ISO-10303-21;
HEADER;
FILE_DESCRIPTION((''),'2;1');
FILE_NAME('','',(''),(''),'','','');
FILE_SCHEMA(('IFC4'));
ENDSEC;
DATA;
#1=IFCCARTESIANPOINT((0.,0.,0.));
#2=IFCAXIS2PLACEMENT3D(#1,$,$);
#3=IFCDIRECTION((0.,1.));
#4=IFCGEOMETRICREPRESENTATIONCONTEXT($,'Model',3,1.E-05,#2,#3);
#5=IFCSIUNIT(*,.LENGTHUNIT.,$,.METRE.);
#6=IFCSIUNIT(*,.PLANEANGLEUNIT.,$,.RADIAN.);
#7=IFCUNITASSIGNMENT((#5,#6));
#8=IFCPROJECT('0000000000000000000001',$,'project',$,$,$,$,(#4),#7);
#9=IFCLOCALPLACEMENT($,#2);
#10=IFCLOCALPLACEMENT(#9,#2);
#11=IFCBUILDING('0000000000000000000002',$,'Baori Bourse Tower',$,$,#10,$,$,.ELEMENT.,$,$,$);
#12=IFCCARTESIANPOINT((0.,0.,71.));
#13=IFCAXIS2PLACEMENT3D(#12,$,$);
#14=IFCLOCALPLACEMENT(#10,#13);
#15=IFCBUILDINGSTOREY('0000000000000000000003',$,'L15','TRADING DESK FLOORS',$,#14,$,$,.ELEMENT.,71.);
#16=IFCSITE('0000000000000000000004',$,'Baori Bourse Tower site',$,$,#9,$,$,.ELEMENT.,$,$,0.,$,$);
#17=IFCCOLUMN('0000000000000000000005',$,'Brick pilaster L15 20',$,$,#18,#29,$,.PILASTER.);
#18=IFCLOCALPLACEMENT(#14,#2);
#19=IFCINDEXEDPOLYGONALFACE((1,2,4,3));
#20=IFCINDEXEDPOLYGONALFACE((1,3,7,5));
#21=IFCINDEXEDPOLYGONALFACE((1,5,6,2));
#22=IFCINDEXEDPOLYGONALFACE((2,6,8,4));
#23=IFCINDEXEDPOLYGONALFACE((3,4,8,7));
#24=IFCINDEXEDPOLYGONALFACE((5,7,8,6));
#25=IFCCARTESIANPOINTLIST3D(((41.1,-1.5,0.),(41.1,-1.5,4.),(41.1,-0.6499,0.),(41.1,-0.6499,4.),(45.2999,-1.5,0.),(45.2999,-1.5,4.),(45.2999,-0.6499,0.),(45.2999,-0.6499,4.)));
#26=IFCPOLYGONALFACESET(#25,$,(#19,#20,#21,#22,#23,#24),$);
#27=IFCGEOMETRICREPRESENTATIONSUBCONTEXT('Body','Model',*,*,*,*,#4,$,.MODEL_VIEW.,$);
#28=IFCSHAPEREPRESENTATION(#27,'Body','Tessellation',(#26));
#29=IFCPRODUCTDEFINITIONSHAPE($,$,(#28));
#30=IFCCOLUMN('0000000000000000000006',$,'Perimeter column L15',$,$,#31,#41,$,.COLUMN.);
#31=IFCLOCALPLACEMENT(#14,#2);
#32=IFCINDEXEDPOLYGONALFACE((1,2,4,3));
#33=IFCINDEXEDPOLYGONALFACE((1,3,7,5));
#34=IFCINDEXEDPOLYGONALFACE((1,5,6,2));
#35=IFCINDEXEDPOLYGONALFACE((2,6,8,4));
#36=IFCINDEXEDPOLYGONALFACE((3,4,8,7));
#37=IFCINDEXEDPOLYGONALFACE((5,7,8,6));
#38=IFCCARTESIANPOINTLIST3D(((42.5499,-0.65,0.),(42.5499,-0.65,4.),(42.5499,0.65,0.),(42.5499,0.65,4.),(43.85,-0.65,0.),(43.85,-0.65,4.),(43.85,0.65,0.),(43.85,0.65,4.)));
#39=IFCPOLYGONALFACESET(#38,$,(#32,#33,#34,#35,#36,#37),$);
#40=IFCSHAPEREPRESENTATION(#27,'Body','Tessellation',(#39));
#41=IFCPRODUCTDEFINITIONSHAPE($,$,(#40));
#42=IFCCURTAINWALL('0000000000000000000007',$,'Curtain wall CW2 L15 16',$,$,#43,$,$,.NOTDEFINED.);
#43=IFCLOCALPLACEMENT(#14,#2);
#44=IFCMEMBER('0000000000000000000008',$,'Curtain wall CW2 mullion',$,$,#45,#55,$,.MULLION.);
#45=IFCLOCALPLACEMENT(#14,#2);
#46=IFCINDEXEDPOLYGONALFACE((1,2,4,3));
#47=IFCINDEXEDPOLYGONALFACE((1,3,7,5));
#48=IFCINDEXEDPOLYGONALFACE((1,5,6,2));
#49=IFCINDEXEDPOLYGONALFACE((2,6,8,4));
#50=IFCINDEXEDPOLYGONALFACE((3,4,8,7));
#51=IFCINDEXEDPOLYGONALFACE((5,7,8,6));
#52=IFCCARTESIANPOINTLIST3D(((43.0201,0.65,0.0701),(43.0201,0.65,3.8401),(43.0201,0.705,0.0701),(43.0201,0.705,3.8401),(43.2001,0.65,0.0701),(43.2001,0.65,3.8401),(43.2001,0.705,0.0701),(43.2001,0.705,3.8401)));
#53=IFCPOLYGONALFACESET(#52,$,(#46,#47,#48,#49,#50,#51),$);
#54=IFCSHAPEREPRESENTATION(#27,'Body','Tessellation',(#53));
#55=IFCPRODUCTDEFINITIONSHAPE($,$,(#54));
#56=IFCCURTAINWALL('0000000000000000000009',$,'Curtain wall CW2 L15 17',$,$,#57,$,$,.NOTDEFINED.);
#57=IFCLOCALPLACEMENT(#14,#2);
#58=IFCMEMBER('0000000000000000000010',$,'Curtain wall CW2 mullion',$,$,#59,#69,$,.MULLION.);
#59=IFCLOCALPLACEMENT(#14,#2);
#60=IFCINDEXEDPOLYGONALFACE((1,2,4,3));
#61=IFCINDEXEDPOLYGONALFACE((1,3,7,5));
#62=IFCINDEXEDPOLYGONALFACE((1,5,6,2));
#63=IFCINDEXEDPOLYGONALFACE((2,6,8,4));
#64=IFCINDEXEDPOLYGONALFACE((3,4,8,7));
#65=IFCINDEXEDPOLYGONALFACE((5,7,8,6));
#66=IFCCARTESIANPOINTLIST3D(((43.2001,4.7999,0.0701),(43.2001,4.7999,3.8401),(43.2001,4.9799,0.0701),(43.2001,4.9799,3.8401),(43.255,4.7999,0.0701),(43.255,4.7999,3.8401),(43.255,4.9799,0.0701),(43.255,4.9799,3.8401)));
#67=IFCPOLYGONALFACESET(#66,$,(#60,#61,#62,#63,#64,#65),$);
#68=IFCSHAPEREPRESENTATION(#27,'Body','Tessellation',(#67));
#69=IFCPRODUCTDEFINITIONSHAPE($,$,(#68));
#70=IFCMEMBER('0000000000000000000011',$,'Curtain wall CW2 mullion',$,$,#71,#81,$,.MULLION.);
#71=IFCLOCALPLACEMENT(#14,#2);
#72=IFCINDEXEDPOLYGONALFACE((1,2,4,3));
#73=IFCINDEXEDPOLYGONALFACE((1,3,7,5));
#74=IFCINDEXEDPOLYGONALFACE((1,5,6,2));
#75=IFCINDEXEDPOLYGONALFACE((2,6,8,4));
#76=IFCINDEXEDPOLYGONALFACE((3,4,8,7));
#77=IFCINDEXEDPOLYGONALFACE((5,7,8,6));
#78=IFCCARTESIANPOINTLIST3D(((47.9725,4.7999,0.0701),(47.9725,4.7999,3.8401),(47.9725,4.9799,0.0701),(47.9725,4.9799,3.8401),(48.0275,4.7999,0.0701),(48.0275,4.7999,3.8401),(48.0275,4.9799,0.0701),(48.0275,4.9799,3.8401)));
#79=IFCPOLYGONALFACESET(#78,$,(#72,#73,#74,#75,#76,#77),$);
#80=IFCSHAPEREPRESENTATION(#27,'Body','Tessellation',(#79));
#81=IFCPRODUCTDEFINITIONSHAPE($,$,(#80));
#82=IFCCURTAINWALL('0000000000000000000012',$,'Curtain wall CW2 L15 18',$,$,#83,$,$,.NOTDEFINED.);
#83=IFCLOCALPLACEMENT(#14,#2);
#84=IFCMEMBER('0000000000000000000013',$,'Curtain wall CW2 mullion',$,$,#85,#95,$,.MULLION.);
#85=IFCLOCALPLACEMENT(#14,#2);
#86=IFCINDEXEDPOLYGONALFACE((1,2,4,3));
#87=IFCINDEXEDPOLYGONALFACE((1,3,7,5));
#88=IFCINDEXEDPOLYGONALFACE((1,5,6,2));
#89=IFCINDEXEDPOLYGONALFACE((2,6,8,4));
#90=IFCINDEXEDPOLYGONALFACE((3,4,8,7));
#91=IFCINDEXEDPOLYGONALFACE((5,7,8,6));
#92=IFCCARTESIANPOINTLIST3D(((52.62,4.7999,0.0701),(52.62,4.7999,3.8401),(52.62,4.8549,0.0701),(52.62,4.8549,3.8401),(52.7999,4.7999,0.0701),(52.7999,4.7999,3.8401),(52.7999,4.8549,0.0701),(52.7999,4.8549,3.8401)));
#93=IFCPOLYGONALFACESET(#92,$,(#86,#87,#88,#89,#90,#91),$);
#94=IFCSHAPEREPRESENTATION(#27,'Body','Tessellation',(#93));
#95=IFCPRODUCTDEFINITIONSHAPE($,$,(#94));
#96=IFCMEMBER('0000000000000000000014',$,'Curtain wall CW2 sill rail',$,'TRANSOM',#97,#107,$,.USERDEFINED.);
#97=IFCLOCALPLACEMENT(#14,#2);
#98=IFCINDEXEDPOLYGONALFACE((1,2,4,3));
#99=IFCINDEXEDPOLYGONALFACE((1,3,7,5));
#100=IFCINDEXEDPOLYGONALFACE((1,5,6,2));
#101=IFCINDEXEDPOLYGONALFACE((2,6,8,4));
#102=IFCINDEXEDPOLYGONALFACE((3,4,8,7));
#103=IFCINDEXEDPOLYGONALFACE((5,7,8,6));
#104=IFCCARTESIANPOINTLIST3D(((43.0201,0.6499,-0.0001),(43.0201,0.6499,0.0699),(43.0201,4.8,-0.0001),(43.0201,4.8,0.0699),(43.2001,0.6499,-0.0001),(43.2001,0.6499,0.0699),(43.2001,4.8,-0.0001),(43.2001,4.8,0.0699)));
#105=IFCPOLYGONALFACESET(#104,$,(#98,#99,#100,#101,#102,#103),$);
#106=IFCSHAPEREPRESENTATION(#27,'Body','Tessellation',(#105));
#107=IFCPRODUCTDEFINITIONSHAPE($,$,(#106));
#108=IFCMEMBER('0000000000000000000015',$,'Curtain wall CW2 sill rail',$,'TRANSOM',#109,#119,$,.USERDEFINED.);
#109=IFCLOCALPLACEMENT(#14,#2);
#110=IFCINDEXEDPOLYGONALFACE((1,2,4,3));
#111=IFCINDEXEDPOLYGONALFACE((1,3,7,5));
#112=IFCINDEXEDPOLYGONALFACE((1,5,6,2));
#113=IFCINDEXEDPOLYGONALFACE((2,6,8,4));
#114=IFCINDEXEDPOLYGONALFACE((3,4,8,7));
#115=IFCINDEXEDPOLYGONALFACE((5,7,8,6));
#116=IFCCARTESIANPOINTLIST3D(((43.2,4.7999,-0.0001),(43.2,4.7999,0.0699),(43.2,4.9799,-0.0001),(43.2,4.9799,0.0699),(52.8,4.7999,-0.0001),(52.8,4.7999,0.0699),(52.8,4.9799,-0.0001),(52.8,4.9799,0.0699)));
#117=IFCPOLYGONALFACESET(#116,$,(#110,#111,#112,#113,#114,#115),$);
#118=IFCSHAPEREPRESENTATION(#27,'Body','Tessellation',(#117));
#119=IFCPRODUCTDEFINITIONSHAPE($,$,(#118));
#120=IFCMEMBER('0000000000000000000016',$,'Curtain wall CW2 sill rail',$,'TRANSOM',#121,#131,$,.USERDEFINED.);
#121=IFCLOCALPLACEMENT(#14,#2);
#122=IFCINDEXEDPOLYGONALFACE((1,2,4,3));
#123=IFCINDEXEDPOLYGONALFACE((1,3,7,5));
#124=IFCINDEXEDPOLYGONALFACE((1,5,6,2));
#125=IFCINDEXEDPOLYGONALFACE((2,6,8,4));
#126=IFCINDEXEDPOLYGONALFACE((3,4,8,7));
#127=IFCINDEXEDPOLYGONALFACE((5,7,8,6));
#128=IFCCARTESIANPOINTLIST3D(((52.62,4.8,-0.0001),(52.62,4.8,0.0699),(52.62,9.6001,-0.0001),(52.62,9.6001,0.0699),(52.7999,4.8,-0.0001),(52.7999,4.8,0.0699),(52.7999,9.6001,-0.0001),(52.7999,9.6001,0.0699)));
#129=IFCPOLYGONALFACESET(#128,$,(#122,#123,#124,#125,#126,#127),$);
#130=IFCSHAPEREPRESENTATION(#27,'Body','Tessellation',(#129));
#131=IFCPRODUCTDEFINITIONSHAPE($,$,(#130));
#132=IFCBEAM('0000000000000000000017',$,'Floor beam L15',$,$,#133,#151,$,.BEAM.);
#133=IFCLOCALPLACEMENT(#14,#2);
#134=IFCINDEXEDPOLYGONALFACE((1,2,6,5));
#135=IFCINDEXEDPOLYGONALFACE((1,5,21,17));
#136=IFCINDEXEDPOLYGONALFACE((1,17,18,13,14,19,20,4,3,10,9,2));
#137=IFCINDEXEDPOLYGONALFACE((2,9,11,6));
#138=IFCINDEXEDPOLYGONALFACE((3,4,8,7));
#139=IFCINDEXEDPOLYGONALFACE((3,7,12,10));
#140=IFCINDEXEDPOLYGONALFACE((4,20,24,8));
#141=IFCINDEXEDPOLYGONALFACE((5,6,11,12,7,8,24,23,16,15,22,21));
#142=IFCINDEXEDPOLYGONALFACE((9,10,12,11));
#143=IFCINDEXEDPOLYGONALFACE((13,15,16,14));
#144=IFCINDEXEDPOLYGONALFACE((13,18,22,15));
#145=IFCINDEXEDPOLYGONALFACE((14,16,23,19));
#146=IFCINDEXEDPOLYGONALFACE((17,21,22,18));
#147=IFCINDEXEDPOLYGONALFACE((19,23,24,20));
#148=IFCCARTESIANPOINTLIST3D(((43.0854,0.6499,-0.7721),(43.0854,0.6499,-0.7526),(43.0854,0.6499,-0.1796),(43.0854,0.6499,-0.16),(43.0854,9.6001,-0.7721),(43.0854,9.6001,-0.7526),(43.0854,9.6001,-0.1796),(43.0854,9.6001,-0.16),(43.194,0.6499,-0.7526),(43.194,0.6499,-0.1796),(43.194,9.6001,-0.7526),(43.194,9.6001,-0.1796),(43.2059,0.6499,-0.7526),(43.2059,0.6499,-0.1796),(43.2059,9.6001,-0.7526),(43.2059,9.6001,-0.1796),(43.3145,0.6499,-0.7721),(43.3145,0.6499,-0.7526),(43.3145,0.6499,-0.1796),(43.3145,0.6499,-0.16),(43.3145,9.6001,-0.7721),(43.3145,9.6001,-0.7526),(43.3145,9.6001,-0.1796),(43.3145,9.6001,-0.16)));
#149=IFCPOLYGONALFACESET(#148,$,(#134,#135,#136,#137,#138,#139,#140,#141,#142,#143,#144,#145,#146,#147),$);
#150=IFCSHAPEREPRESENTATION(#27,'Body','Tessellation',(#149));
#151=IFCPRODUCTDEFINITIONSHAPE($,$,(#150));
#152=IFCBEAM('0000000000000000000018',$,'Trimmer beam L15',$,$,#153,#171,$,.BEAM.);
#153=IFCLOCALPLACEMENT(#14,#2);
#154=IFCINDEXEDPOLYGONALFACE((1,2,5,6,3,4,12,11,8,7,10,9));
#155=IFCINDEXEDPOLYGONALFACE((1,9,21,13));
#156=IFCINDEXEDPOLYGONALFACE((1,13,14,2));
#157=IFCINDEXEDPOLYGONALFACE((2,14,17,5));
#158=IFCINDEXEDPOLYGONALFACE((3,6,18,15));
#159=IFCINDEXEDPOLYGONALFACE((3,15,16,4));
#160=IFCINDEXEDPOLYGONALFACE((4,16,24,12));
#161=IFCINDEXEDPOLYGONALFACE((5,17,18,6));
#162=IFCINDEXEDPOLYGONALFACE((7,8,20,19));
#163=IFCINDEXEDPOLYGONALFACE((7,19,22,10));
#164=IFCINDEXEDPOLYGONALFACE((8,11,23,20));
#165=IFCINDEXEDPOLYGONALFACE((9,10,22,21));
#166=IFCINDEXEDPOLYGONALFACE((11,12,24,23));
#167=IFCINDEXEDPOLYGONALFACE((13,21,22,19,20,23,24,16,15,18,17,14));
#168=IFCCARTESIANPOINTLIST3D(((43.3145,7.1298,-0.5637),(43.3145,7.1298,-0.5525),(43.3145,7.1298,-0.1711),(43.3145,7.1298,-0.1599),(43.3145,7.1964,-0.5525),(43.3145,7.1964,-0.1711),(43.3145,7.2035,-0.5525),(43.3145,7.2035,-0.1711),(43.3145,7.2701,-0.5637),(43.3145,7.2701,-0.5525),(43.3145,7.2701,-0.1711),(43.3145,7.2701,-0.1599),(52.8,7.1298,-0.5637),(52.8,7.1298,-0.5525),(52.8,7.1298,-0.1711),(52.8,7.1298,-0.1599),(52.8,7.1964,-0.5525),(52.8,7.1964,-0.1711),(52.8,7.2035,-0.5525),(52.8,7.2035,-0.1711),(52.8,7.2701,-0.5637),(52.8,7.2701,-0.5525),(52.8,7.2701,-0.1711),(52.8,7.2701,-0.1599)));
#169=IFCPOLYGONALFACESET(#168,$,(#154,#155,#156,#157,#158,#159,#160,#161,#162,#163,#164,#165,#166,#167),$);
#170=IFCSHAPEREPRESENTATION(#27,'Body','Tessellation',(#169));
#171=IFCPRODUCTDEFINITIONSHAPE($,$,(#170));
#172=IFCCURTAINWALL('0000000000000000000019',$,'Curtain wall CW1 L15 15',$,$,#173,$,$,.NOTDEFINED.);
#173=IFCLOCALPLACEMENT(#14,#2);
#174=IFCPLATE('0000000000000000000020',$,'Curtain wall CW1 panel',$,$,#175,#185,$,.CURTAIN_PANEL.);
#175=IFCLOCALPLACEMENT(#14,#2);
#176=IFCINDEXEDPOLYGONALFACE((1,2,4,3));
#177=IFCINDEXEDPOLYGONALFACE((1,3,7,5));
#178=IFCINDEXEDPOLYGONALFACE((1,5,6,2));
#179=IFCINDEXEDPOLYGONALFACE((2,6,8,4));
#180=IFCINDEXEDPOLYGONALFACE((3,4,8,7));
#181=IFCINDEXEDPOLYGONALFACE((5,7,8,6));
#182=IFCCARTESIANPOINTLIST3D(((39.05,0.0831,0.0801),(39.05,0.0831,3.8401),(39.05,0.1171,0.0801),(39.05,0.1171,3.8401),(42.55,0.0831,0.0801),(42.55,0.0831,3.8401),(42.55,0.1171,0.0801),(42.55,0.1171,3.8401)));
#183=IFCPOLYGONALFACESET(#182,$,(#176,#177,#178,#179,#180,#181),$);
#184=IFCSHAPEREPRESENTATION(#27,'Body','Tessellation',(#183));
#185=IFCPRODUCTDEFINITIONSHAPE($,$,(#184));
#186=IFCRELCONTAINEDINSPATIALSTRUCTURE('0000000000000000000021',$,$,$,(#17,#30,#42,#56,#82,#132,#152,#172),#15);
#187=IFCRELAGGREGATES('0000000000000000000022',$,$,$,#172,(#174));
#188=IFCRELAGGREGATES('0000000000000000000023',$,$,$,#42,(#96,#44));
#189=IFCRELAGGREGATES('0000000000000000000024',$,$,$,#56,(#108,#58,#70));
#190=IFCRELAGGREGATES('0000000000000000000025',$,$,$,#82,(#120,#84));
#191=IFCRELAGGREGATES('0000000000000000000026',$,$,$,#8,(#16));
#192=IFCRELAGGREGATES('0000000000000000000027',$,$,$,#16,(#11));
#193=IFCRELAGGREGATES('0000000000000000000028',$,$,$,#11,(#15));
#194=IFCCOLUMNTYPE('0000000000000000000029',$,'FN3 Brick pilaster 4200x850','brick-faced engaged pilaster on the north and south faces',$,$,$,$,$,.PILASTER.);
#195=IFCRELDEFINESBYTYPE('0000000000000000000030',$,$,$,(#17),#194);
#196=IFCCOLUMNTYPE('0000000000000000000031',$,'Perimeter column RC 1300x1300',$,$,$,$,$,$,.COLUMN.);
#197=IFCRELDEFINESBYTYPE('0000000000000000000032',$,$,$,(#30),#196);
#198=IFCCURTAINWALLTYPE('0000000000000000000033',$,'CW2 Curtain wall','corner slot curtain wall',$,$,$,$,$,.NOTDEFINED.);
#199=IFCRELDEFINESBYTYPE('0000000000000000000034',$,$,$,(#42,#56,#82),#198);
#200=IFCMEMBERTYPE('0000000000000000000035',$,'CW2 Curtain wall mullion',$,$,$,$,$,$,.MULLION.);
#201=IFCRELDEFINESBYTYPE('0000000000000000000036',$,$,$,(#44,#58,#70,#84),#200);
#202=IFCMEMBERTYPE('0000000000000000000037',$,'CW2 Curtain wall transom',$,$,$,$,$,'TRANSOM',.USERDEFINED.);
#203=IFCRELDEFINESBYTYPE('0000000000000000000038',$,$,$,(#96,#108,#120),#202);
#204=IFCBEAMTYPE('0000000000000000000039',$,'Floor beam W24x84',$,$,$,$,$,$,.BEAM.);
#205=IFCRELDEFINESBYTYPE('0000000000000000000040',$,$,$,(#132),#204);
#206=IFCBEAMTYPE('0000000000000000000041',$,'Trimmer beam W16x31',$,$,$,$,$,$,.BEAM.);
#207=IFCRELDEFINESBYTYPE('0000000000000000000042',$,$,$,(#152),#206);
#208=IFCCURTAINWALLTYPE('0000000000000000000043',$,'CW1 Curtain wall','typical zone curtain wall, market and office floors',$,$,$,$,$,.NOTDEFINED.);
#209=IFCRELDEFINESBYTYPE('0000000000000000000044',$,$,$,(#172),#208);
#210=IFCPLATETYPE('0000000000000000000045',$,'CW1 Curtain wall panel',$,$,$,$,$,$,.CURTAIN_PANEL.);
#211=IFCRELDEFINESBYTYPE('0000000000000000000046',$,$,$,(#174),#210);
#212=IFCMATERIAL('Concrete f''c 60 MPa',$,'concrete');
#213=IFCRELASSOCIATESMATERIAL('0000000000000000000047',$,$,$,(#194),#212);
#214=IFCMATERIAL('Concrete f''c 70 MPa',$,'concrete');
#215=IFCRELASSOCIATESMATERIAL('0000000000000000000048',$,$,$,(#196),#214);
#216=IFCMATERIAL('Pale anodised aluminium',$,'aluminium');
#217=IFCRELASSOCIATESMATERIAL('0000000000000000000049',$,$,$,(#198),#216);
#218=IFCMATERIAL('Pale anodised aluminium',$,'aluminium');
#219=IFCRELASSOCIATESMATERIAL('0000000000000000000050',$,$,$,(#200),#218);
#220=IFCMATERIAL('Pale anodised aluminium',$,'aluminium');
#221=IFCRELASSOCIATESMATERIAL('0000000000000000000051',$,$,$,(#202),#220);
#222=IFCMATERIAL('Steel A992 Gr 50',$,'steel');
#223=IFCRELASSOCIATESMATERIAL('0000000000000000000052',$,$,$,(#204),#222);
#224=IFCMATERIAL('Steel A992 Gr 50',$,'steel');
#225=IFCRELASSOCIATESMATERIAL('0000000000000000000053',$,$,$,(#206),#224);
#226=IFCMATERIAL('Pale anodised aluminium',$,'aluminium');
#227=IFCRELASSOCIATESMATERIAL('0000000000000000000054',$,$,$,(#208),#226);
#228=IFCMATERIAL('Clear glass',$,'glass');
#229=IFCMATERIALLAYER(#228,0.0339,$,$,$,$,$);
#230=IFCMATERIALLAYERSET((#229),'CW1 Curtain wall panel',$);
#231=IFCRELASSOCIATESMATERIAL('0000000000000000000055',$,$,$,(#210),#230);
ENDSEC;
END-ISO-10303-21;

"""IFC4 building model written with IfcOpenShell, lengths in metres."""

from ifc_helpers import new_model, si_unit, direction, frame, origin, origin_2d, place, context, subcontext, project, spatial, rectangle, i_section, extrude, material, layer, layer_set, material_profile, profile_set, type_object, element, aggregate, save


model = new_model("IFC4")

# Units and contexts
model_context = context("Model", 3, precision=1e-05, world=origin(), true_north=direction((0.0, 1.0)))
body_context = subcontext(model_context, "Body", "Model", "MODEL_VIEW")
ifc_project = project(units=[si_unit("LENGTHUNIT", "METRE"), si_unit("PLANEANGLEUNIT", "RADIAN")], contexts=[model_context])

# Site, building, storey
site_placement = place(None, origin())
site = spatial("IfcSite", under=ifc_project, at=site_placement, Name="Baori Bourse Tower site", CompositionType="ELEMENT", RefElevation=0.0)
building_placement = place(site_placement, origin())
building = spatial("IfcBuilding", under=site, at=building_placement, Name="Baori Bourse Tower", CompositionType="ELEMENT")
storey_placement = place(building_placement, frame((0.0, 0.0, 71.0)))
storey = spatial("IfcBuildingStorey", under=building, at=storey_placement, Name="L15", Description="TRADING DESK FLOORS", CompositionType="ELEMENT", Elevation=71.0)

# Columns
ifc_material_1 = material(Name="Concrete f'c 60 MPa", Category="concrete")
ifc_material_profile_1 = material_profile(ifc_material_1, rectangle(XDim=4.2, YDim=0.8501, at=origin_2d()), Name="RC 4200x850")
ifc_profile_set_1 = profile_set([ifc_material_profile_1], Name="Concrete f'c 60 MPa")
column_type_1 = type_object("IfcColumnType", Name="FN3 Brick pilaster 4200x850", Description="brick-faced engaged pilaster on the north and south faces", PredefinedType="PILASTER", material=ifc_profile_set_1)
column_1_placement = place(storey_placement, frame((43.2, -1.075, 0.0), z_axis=(0.0, 0.0, 1.0), x_axis=(1.0, 0.0, 0.0)))
element("IfcColumn", 1, at=column_1_placement, inside=storey, type_object=column_type_1, Name="Brick pilaster L15 20", PredefinedType="PILASTER", context=body_context, shape_type="SweptSolid", body=[
    extrude(rectangle(XDim=4.2, YDim=0.8501, at=origin_2d()), origin(), (0.0, 0.0, 1.0), 4.0),
])
ifc_material_2 = material(Name="Concrete f'c 70 MPa", Category="concrete")
ifc_material_profile_2 = material_profile(ifc_material_2, rectangle(XDim=1.3, YDim=1.3, at=origin_2d()), Name="RC 1300x1300")
ifc_profile_set_2 = profile_set([ifc_material_profile_2], Name="Concrete f'c 70 MPa")
column_type_2 = type_object("IfcColumnType", Name="Perimeter column RC 1300x1300", PredefinedType="COLUMN", material=ifc_profile_set_2)
column_2_placement = place(storey_placement, frame((43.2, 0.0, 0.0), z_axis=(0.0, 0.0, 1.0), x_axis=(1.0, 0.0, 0.0)))
element("IfcColumn", 2, at=column_2_placement, inside=storey, type_object=column_type_2, Name="Perimeter column L15", PredefinedType="COLUMN", context=body_context, shape_type="SweptSolid", body=[
    extrude(rectangle(XDim=1.3, YDim=1.3, at=origin_2d()), origin(), (0.0, 0.0, 1.0), 4.0),
])

# Curtain wall, member
ifc_material_3 = material(Name="Pale anodised aluminium", Category="aluminium")
curtain_wall_type_1 = type_object("IfcCurtainWallType", Name="CW2 Curtain wall", Description="corner slot curtain wall", PredefinedType="NOTDEFINED", material=ifc_material_3)
curtain_wall_1_placement = place(storey_placement, origin())
curtain_wall_1 = element("IfcCurtainWall", 3, at=curtain_wall_1_placement, inside=storey, type_object=curtain_wall_type_1, Name="Curtain wall CW2 L15 16", PredefinedType="NOTDEFINED")
ifc_material_4 = material(Name="Pale anodised aluminium", Category="aluminium")
ifc_material_profile_3 = material_profile(ifc_material_4, rectangle(XDim=0.1799, YDim=0.0549, at=origin_2d()), Name="Mullion 55x180")
ifc_profile_set_3 = profile_set([ifc_material_profile_3], Name="Pale anodised aluminium")
member_type_1 = type_object("IfcMemberType", Name="CW2 Curtain wall mullion", PredefinedType="MULLION", material=ifc_profile_set_3)
member_1_placement = place(storey_placement, frame((43.1101, 0.6775, 0.0701), z_axis=(0.0, 0.0, 1.0), x_axis=(-1.0, 0.0, 0.0)))
member_1 = element("IfcMember", 4, at=member_1_placement, type_object=member_type_1, Name="Curtain wall CW2 mullion", PredefinedType="MULLION", context=body_context, shape_type="SweptSolid", body=[
    extrude(rectangle(XDim=0.1799, YDim=0.0549, at=origin_2d()), origin(), (0.0, 0.0, 1.0), 3.77),
])

# Curtain wall, members
curtain_wall_2_placement = place(storey_placement, origin())
curtain_wall_2 = element("IfcCurtainWall", 5, at=curtain_wall_2_placement, inside=storey, type_object=curtain_wall_type_1, Name="Curtain wall CW2 L15 17", PredefinedType="NOTDEFINED")
member_2_placement = place(storey_placement, frame((43.2275, 4.8899, 0.0701), z_axis=(0.0, 0.0, 1.0), x_axis=(0.0, 1.0, 0.0)))
member_2 = element("IfcMember", 6, at=member_2_placement, type_object=member_type_1, Name="Curtain wall CW2 mullion", PredefinedType="MULLION", context=body_context, shape_type="SweptSolid", body=[
    extrude(rectangle(XDim=0.1799, YDim=0.0549, at=origin_2d()), origin(), (0.0, 0.0, 1.0), 3.77),
])
member_3_placement = place(storey_placement, frame((48.0, 4.8899, 0.0701), z_axis=(0.0, 0.0, 1.0), x_axis=(0.0, 1.0, 0.0)))
member_3 = element("IfcMember", 7, at=member_3_placement, type_object=member_type_1, Name="Curtain wall CW2 mullion", PredefinedType="MULLION", context=body_context, shape_type="SweptSolid", body=[
    extrude(rectangle(XDim=0.1799, YDim=0.0549, at=origin_2d()), origin(), (0.0, 0.0, 1.0), 3.77),
])

# Curtain wall, member
curtain_wall_3_placement = place(storey_placement, origin())
curtain_wall_3 = element("IfcCurtainWall", 8, at=curtain_wall_3_placement, inside=storey, type_object=curtain_wall_type_1, Name="Curtain wall CW2 L15 18", PredefinedType="NOTDEFINED")
member_4_placement = place(storey_placement, frame((52.71, 4.8274, 0.0701), z_axis=(0.0, 0.0, 1.0), x_axis=(-1.0, 0.0, 0.0)))
member_4 = element("IfcMember", 9, at=member_4_placement, type_object=member_type_1, Name="Curtain wall CW2 mullion", PredefinedType="MULLION", context=body_context, shape_type="SweptSolid", body=[
    extrude(rectangle(XDim=0.1799, YDim=0.0549, at=origin_2d()), origin(), (0.0, 0.0, 1.0), 3.77),
])

# Members
ifc_material_5 = material(Name="Pale anodised aluminium", Category="aluminium")
ifc_material_profile_4 = material_profile(ifc_material_5, rectangle(XDim=0.1799, YDim=0.0701, at=origin_2d()), Name="Transom 70x180")
ifc_profile_set_4 = profile_set([ifc_material_profile_4], Name="Pale anodised aluminium")
member_type_2 = type_object("IfcMemberType", Name="CW2 Curtain wall transom", ElementType="TRANSOM", PredefinedType="USERDEFINED", material=ifc_profile_set_4)
member_5_placement = place(storey_placement, frame((43.1101, 0.6499, 0.0349), z_axis=(0.0, 1.0, 0.0), x_axis=(-1.0, 0.0, 0.0)))
member_5 = element("IfcMember", 10, at=member_5_placement, type_object=member_type_2, Name="Curtain wall CW2 sill rail", ObjectType="TRANSOM", PredefinedType="USERDEFINED", context=body_context, shape_type="SweptSolid", body=[
    extrude(rectangle(XDim=0.1799, YDim=0.0701, at=origin_2d()), origin(), (0.0, 0.0, 1.0), 4.1501),
])
member_6_placement = place(storey_placement, frame((43.2, 4.8899, 0.0349), z_axis=(1.0, 0.0, 0.0), x_axis=(0.0, 1.0, 0.0)))
member_6 = element("IfcMember", 11, at=member_6_placement, type_object=member_type_2, Name="Curtain wall CW2 sill rail", ObjectType="TRANSOM", PredefinedType="USERDEFINED", context=body_context, shape_type="SweptSolid", body=[
    extrude(rectangle(XDim=0.1799, YDim=0.0701, at=origin_2d()), origin(), (0.0, 0.0, 1.0), 9.6001),
])
member_7_placement = place(storey_placement, frame((52.71, 4.8, 0.0349), z_axis=(0.0, 1.0, 0.0), x_axis=(-1.0, 0.0, 0.0)))
member_7 = element("IfcMember", 12, at=member_7_placement, type_object=member_type_2, Name="Curtain wall CW2 sill rail", ObjectType="TRANSOM", PredefinedType="USERDEFINED", context=body_context, shape_type="SweptSolid", body=[
    extrude(rectangle(XDim=0.1799, YDim=0.0701, at=origin_2d()), origin(), (0.0, 0.0, 1.0), 4.8),
])

# Beams
ifc_material_6 = material(Name="Steel A992 Gr 50", Category="steel")
ifc_material_profile_5 = material_profile(ifc_material_6, i_section(OverallWidth=0.229, OverallDepth=0.6121, WebThickness=0.012, FlangeThickness=0.0195, at=origin_2d()), Name="W24x84")
ifc_profile_set_5 = profile_set([ifc_material_profile_5], Name="Steel A992 Gr 50")
beam_type_1 = type_object("IfcBeamType", Name="Floor beam W24x84", PredefinedType="BEAM", material=ifc_profile_set_5)
beam_1_placement = place(storey_placement, frame((43.2, 0.6499, -0.4661), z_axis=(0.0, 1.0, 0.0), x_axis=(-1.0, 0.0, 0.0)))
element("IfcBeam", 13, at=beam_1_placement, inside=storey, type_object=beam_type_1, Name="Floor beam L15", PredefinedType="BEAM", context=body_context, shape_type="SweptSolid", body=[
    extrude(i_section(OverallWidth=0.229, OverallDepth=0.6121, WebThickness=0.012, FlangeThickness=0.0195, at=origin_2d()), origin(), (0.0, 0.0, 1.0), 8.9502),
])
ifc_material_7 = material(Name="Steel A992 Gr 50", Category="steel")
ifc_material_profile_6 = material_profile(ifc_material_7, i_section(OverallWidth=0.1404, OverallDepth=0.4038, WebThickness=0.0071, FlangeThickness=0.0112, at=origin_2d()), Name="W16x31")
ifc_profile_set_6 = profile_set([ifc_material_profile_6], Name="Steel A992 Gr 50")
beam_type_2 = type_object("IfcBeamType", Name="Trimmer beam W16x31", PredefinedType="BEAM", material=ifc_profile_set_6)
beam_2_placement = place(storey_placement, frame((43.3145, 7.2, -0.3618), z_axis=(1.0, 0.0, 0.0), x_axis=(0.0, 1.0, 0.0)))
element("IfcBeam", 14, at=beam_2_placement, inside=storey, type_object=beam_type_2, Name="Trimmer beam L15", PredefinedType="BEAM", context=body_context, shape_type="SweptSolid", body=[
    extrude(i_section(OverallWidth=0.1404, OverallDepth=0.4038, WebThickness=0.0071, FlangeThickness=0.0112, at=origin_2d()), origin(), (0.0, 0.0, 1.0), 9.4856),
])

# Curtain wall, plate
ifc_material_8 = material(Name="Pale anodised aluminium", Category="aluminium")
curtain_wall_type_2 = type_object("IfcCurtainWallType", Name="CW1 Curtain wall", Description="typical zone curtain wall, market and office floors", PredefinedType="NOTDEFINED", material=ifc_material_8)
curtain_wall_4_placement = place(storey_placement, origin())
curtain_wall_4 = element("IfcCurtainWall", 15, at=curtain_wall_4_placement, inside=storey, type_object=curtain_wall_type_2, Name="Curtain wall CW1 L15 15", PredefinedType="NOTDEFINED")
ifc_material_9 = material(Name="Clear glass", Category="glass")
ifc_layer_1 = layer(ifc_material_9, 0.0339)
ifc_layer_set_1 = layer_set([ifc_layer_1], Name="CW1 Curtain wall panel")
plate_type_1 = type_object("IfcPlateType", Name="CW1 Curtain wall panel", PredefinedType="CURTAIN_PANEL", material=ifc_layer_set_1)
plate_1_placement = place(storey_placement, frame((40.8, 0.1001, 0.0801), z_axis=(0.0, 0.0, 1.0), x_axis=(1.0, 0.0, 0.0)))
plate_1 = element("IfcPlate", 16, at=plate_1_placement, type_object=plate_type_1, Name="Curtain wall CW1 panel", PredefinedType="CURTAIN_PANEL", context=body_context, shape_type="SweptSolid", body=[
    extrude(rectangle(XDim=3.5, YDim=0.0339, at=origin_2d()), origin(), (0.0, 0.0, 1.0), 3.76),
])
aggregate(curtain_wall_4, [plate_1])

aggregate(curtain_wall_1, [member_5, member_1])
aggregate(curtain_wall_2, [member_6, member_2, member_3])
aggregate(curtain_wall_3, [member_7, member_4])

save(model, "model.ifc")
